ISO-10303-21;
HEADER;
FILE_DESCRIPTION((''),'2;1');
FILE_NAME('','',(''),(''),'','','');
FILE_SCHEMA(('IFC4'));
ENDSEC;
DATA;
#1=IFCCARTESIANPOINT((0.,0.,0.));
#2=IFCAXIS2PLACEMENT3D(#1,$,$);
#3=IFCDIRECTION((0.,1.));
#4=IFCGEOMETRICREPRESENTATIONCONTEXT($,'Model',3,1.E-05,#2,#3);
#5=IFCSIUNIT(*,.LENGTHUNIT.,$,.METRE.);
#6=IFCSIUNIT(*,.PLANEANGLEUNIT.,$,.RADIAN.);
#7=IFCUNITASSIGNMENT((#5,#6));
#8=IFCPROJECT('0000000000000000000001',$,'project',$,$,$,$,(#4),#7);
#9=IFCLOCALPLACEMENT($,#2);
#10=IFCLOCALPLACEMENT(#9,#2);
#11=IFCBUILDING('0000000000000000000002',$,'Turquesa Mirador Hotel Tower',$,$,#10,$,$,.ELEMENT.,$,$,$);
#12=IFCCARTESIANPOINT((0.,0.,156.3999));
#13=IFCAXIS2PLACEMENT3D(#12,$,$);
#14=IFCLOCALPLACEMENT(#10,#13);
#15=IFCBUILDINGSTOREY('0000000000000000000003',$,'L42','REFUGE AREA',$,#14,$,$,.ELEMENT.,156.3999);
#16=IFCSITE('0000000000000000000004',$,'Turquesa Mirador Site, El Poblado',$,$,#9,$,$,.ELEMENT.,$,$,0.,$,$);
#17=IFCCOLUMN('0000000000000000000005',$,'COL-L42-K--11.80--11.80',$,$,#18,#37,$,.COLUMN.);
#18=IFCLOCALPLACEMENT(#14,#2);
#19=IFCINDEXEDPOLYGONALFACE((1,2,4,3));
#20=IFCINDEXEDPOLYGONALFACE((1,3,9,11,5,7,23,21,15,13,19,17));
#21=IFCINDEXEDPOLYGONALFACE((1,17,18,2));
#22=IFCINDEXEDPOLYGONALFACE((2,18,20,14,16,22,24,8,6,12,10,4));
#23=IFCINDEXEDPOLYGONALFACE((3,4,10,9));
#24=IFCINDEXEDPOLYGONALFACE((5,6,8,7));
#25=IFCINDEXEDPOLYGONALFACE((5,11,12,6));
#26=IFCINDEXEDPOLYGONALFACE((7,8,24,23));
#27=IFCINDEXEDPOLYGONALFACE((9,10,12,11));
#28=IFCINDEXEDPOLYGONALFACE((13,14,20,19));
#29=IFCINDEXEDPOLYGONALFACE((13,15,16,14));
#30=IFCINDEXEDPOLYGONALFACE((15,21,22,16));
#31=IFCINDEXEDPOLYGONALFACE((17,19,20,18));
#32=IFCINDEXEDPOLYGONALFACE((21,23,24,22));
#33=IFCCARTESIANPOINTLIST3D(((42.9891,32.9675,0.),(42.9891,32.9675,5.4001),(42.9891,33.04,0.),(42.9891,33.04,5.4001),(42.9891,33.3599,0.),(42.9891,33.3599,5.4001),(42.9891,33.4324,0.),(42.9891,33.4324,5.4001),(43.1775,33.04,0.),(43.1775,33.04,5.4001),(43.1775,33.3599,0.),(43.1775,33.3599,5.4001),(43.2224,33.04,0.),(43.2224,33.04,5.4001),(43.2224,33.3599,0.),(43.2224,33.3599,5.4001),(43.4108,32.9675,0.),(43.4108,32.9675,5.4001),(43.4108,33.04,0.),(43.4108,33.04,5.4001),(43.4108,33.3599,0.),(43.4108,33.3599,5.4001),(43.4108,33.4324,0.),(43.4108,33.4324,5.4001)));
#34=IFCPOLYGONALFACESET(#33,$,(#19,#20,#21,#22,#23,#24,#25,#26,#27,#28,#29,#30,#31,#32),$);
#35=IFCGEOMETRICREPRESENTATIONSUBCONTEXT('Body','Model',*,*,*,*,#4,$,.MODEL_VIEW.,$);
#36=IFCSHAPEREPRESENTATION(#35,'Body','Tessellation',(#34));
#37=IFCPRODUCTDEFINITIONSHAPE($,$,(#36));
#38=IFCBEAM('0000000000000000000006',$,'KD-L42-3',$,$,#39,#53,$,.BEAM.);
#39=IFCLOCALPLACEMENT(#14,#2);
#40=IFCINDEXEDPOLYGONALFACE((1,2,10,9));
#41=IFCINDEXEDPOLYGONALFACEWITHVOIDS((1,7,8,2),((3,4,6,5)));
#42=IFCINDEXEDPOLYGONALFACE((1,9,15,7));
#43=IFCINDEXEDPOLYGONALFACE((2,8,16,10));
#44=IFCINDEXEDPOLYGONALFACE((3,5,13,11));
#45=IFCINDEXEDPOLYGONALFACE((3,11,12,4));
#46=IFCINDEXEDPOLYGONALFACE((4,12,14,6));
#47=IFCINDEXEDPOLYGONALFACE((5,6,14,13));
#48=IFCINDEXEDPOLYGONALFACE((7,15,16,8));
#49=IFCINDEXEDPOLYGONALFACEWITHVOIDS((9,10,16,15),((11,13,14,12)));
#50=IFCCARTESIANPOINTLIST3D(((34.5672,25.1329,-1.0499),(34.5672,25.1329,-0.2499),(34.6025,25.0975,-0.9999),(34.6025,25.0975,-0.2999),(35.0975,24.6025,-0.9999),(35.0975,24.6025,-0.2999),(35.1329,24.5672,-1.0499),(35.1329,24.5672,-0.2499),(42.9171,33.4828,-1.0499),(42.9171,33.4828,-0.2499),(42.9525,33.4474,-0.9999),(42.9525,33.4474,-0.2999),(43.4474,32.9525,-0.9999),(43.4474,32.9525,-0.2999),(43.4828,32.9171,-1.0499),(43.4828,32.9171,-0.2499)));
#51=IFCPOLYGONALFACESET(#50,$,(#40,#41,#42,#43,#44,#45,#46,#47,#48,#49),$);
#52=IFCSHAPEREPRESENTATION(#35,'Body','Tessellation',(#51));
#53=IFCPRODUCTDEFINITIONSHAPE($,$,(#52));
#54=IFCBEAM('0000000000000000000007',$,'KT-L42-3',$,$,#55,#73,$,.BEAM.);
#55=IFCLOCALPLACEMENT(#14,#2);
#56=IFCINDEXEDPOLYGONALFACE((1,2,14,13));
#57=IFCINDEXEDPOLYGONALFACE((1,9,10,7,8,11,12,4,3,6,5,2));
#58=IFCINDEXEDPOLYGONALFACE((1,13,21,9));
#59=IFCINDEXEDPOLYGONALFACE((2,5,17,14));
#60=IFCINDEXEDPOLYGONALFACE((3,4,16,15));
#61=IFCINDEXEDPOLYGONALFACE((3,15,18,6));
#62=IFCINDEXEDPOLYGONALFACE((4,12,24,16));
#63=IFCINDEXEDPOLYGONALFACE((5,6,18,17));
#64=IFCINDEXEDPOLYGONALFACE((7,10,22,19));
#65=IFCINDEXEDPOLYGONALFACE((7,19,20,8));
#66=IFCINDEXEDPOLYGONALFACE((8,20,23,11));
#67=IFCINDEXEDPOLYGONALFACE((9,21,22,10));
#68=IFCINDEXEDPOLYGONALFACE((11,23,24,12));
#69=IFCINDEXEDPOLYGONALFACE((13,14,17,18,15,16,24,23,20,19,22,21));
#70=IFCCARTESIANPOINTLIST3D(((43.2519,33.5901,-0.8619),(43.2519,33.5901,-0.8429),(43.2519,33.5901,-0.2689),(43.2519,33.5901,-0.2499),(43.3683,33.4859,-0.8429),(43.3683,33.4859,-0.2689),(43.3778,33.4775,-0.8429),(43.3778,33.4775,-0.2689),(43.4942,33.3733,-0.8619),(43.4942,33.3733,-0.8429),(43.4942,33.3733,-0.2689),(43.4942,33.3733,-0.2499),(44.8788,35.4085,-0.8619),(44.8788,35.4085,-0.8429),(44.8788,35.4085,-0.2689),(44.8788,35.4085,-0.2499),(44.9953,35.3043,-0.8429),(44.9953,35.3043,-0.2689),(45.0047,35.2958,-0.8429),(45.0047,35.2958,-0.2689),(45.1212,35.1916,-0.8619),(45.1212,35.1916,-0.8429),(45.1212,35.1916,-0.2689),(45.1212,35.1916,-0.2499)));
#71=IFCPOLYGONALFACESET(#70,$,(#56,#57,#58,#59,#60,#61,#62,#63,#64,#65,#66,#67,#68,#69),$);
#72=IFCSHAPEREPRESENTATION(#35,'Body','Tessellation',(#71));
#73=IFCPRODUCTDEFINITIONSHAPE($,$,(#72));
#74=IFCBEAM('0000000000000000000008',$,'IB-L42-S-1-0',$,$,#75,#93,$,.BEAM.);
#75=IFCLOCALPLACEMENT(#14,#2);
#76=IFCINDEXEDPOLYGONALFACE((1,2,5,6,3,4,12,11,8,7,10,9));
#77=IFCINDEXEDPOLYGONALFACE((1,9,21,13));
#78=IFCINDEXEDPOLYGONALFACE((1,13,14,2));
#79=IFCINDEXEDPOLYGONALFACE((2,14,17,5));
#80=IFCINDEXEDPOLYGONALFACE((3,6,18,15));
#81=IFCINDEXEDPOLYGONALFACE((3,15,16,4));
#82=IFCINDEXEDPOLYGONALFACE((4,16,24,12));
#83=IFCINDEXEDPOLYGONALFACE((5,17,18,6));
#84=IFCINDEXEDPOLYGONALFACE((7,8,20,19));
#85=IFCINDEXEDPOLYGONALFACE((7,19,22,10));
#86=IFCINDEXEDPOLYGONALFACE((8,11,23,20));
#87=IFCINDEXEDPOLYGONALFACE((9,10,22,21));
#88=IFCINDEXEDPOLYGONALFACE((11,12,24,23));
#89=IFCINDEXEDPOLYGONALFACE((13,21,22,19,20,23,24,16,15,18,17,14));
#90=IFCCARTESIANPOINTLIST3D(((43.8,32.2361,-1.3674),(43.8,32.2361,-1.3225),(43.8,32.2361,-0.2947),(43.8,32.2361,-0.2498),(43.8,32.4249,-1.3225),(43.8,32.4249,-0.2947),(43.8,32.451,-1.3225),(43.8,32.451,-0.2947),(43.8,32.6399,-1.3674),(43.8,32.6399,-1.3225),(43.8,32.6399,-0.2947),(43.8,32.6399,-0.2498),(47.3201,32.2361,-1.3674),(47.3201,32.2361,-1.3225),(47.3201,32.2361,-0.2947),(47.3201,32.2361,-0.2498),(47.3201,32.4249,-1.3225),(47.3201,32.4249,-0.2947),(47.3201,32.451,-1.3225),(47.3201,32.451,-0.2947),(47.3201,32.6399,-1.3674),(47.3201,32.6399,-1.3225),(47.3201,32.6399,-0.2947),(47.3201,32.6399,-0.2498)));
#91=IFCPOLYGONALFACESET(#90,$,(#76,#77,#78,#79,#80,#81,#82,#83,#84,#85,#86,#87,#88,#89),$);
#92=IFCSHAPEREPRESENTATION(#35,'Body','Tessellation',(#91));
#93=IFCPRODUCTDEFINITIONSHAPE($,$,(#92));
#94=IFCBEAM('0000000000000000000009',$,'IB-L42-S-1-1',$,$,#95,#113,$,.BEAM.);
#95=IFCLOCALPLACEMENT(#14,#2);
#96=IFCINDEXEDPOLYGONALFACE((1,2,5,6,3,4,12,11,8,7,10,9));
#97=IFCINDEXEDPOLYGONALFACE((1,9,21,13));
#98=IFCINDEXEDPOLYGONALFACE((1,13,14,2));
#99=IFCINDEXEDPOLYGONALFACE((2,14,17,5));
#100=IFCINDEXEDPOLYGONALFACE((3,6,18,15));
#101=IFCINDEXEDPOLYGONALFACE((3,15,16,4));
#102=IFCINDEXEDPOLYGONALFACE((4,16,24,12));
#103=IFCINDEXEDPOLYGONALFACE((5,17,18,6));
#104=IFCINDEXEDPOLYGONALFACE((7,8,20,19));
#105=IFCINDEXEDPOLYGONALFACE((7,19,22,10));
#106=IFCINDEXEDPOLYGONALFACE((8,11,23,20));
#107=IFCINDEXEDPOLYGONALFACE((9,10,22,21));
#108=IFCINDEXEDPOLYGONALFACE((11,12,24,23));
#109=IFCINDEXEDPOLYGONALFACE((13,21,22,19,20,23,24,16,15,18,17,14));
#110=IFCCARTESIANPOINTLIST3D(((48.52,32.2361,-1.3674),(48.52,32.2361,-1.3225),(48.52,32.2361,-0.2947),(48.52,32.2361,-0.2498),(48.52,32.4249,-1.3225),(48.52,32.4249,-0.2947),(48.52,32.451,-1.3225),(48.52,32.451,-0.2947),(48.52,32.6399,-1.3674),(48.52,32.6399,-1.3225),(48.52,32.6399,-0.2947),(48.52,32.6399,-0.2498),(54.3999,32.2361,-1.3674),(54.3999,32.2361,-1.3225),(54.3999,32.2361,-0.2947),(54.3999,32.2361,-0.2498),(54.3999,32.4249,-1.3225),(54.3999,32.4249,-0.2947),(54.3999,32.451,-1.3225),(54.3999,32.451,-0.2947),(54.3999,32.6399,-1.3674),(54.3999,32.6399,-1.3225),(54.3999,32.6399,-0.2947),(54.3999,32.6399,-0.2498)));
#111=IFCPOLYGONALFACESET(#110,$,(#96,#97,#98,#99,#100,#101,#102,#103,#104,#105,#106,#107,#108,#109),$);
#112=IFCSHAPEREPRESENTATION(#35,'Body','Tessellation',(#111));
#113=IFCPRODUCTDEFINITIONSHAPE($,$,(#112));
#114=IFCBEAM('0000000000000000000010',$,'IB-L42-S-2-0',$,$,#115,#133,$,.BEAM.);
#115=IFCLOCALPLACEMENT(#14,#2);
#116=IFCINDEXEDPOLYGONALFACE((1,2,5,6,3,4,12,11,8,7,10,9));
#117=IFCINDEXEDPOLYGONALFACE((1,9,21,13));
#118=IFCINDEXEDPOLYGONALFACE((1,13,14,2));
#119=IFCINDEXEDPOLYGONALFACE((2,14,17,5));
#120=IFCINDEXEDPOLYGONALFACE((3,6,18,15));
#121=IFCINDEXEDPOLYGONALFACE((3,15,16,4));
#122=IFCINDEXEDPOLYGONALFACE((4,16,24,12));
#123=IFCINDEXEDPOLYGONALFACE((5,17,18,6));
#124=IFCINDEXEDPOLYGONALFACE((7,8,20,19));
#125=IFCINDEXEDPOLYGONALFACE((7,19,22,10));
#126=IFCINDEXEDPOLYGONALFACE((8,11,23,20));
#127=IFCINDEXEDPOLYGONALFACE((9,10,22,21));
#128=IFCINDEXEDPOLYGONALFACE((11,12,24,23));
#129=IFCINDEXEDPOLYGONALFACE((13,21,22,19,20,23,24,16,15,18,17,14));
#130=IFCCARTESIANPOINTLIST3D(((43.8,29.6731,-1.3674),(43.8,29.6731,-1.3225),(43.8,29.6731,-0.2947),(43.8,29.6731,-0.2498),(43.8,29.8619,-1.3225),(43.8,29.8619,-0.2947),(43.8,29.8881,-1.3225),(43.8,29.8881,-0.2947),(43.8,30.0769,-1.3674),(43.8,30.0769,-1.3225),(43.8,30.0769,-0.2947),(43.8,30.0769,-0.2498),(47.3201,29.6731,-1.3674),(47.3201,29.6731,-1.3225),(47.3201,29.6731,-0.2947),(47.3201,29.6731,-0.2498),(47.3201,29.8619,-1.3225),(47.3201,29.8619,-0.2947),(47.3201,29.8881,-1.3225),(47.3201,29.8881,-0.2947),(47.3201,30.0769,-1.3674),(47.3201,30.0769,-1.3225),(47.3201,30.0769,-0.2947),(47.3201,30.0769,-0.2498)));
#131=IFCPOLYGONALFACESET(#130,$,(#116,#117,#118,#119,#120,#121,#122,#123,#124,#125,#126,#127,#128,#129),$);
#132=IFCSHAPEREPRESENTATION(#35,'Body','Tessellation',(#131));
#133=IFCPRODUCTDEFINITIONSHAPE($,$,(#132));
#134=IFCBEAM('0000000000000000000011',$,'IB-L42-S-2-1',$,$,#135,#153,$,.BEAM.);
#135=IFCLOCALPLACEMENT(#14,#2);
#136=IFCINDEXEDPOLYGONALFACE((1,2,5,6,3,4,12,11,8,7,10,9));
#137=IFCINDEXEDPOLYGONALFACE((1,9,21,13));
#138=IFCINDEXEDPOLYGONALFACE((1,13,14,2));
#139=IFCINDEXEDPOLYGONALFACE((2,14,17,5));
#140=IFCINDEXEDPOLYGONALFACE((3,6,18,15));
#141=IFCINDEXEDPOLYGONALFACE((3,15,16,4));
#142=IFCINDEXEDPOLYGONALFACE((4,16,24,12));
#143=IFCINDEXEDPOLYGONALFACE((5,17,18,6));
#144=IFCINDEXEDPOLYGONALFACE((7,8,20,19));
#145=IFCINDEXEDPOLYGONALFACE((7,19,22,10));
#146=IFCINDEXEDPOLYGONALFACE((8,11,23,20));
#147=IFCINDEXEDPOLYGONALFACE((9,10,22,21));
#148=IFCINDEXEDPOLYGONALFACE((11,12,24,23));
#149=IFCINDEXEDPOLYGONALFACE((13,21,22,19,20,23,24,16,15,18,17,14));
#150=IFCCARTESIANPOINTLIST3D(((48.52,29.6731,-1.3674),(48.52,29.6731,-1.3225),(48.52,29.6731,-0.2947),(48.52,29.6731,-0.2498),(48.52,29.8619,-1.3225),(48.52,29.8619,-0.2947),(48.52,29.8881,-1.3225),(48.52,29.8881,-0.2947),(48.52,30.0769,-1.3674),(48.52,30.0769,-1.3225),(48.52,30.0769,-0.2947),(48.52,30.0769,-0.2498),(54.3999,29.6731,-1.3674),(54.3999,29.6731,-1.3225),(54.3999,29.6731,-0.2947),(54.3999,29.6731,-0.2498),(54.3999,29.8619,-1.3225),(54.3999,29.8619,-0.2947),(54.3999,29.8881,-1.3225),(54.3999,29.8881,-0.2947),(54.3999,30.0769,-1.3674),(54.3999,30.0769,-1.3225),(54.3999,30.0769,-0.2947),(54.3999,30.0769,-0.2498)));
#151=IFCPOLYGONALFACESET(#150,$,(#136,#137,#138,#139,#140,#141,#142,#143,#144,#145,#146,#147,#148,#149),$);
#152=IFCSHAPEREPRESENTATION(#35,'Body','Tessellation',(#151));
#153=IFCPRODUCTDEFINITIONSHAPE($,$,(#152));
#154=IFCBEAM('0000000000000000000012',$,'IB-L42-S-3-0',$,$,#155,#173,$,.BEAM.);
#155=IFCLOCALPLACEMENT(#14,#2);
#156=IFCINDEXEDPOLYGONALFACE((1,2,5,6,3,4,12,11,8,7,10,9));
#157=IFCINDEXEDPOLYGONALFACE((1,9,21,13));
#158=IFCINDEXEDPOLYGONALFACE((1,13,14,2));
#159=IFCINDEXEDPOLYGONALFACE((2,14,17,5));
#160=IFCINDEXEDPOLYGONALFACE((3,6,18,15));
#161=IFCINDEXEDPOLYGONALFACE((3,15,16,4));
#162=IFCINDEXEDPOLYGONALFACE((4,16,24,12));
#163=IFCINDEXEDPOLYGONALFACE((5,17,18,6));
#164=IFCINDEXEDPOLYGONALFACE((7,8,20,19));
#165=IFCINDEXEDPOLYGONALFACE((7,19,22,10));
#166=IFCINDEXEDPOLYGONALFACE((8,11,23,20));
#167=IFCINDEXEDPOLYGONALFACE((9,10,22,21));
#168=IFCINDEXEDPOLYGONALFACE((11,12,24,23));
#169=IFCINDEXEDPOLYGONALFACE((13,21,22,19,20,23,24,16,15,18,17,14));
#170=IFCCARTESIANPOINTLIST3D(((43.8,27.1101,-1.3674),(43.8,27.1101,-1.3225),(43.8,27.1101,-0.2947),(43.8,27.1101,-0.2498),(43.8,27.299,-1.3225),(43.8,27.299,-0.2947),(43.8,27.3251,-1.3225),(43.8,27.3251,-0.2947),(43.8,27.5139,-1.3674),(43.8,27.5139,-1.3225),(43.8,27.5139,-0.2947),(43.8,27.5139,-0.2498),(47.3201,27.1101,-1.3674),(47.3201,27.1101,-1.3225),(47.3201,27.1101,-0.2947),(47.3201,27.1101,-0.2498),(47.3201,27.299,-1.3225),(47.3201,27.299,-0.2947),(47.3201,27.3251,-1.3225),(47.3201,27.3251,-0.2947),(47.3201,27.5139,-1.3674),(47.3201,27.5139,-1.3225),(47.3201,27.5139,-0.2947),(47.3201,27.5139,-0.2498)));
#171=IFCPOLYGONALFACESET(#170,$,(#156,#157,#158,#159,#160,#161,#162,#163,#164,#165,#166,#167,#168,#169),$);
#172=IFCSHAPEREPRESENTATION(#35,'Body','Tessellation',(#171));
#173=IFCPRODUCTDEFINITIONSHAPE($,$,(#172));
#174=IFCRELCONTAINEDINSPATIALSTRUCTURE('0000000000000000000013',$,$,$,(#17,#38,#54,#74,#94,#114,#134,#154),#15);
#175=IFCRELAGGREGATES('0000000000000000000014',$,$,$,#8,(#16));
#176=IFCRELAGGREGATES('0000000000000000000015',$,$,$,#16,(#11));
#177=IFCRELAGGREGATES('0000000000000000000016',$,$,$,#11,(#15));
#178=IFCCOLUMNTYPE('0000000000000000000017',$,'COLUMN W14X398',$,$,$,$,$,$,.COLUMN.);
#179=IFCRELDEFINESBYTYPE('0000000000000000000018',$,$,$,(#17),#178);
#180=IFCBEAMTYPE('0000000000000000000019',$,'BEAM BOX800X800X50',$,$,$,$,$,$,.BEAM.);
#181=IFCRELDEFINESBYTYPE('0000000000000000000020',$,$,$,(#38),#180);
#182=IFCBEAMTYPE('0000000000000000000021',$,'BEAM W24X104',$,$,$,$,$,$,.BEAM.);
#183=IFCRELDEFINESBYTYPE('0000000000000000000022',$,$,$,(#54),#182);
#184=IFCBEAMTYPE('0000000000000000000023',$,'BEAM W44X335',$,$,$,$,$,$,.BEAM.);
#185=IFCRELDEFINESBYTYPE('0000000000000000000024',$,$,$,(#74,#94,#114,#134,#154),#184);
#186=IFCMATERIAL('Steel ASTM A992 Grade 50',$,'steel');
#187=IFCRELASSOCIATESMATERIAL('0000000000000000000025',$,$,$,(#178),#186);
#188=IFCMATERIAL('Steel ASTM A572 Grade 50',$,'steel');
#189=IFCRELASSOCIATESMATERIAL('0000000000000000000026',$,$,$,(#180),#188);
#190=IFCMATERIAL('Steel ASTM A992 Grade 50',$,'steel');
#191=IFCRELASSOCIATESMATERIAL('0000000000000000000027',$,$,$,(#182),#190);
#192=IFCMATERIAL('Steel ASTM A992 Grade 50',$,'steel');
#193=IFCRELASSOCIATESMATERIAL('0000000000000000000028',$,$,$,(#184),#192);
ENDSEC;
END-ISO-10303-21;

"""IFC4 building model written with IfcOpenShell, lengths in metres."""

from ifc_helpers import new_model, si_unit, direction, frame, origin, origin_2d, place, context, subcontext, project, spatial, hollow_rectangle, i_section, extrude, material, material_profile, profile_set, type_object, element, save


model = new_model("IFC4")

# Units and contexts
model_context = context("Model", 3, precision=1e-05, world=origin(), true_north=direction((0.0, 1.0)))
body_context = subcontext(model_context, "Body", "Model", "MODEL_VIEW")
ifc_project = project(units=[si_unit("LENGTHUNIT", "METRE"), si_unit("PLANEANGLEUNIT", "RADIAN")], contexts=[model_context])

# Site, building, storey
site_placement = place(None, origin())
site = spatial("IfcSite", under=ifc_project, at=site_placement, Name="Turquesa Mirador Site, El Poblado", CompositionType="ELEMENT", RefElevation=0.0)
building_placement = place(site_placement, origin())
building = spatial("IfcBuilding", under=site, at=building_placement, Name="Turquesa Mirador Hotel Tower", CompositionType="ELEMENT")
storey_placement = place(building_placement, frame((0.0, 0.0, 156.3999)))
storey = spatial("IfcBuildingStorey", under=building, at=storey_placement, Name="L42", Description="REFUGE AREA", CompositionType="ELEMENT", Elevation=156.3999)

# Column
ifc_material_1 = material(Name="Steel ASTM A992 Grade 50", Category="steel")
ifc_material_profile_1 = material_profile(ifc_material_1, i_section(OverallWidth=0.4216, OverallDepth=0.4648, WebThickness=0.0449, FlangeThickness=0.0725, at=origin_2d()), Name="W14X398")
ifc_profile_set_1 = profile_set([ifc_material_profile_1], Name="Steel ASTM A992 Grade 50")
column_type = type_object("IfcColumnType", Name="COLUMN W14X398", PredefinedType="COLUMN", material=ifc_profile_set_1)
column_placement = place(storey_placement, frame((43.2, 33.2, 0.0), z_axis=(0.0, 0.0, 1.0), x_axis=(1.0, 0.0, 0.0)))
element("IfcColumn", 1, at=column_placement, inside=storey, type_object=column_type, Name="COL-L42-K--11.80--11.80", PredefinedType="COLUMN", context=body_context, shape_type="SweptSolid", body=[
    extrude(i_section(OverallWidth=0.4216, OverallDepth=0.4648, WebThickness=0.0449, FlangeThickness=0.0725, at=origin_2d()), origin(), (0.0, 0.0, 1.0), 5.4001),
])

# Beams
ifc_material_2 = material(Name="Steel ASTM A572 Grade 50", Category="steel")
ifc_material_profile_2 = material_profile(ifc_material_2, hollow_rectangle(XDim=0.8, YDim=0.8, WallThickness=0.05, at=origin_2d()), Name="BOX800X800X50")
ifc_profile_set_2 = profile_set([ifc_material_profile_2], Name="Steel ASTM A572 Grade 50")
beam_type_1 = type_object("IfcBeamType", Name="BEAM BOX800X800X50", PredefinedType="BEAM", material=ifc_profile_set_2)
beam_1_placement = place(storey_placement, frame((43.2, 33.2, -0.6499), z_axis=(-0.707107, -0.707107, 0.0), x_axis=(0.707107, -0.707107, 0.0)))
element("IfcBeam", 2, at=beam_1_placement, inside=storey, type_object=beam_type_1, Name="KD-L42-3", PredefinedType="BEAM", context=body_context, shape_type="SweptSolid", body=[
    extrude(hollow_rectangle(XDim=0.8, YDim=0.8, WallThickness=0.05, at=origin_2d()), origin(), (0.0, 0.0, 1.0), 11.8086),
])
ifc_material_3 = material(Name="Steel ASTM A992 Grade 50", Category="steel")
ifc_material_profile_3 = material_profile(ifc_material_3, i_section(OverallWidth=0.3252, OverallDepth=0.6121, WebThickness=0.0127, FlangeThickness=0.019, at=origin_2d()), Name="W24X104")
ifc_profile_set_3 = profile_set([ifc_material_profile_3], Name="Steel ASTM A992 Grade 50")
beam_type_2 = type_object("IfcBeamType", Name="BEAM W24X104", PredefinedType="BEAM", material=ifc_profile_set_3)
beam_2_placement = place(storey_placement, frame((43.373, 33.4817, -0.5559), z_axis=(0.666795, 0.745241, 0.0), x_axis=(-0.745241, 0.666795, 0.0)))
element("IfcBeam", 3, at=beam_2_placement, inside=storey, type_object=beam_type_2, Name="KT-L42-3", PredefinedType="BEAM", context=body_context, shape_type="SweptSolid", body=[
    extrude(i_section(OverallWidth=0.3252, OverallDepth=0.6121, WebThickness=0.0127, FlangeThickness=0.019, at=origin_2d()), origin(), (0.0, 0.0, 1.0), 2.4399),
])
ifc_material_4 = material(Name="Steel ASTM A992 Grade 50", Category="steel")
ifc_material_profile_4 = material_profile(ifc_material_4, i_section(OverallWidth=0.4038, OverallDepth=1.1177, WebThickness=0.0261, FlangeThickness=0.0449, at=origin_2d()), Name="W44X335")
ifc_profile_set_4 = profile_set([ifc_material_profile_4], Name="Steel ASTM A992 Grade 50")
beam_type_3 = type_object("IfcBeamType", Name="BEAM W44X335", PredefinedType="BEAM", material=ifc_profile_set_4)
beam_3_placement = place(storey_placement, frame((43.8, 32.438, -0.8086), z_axis=(1.0, 0.0, 0.0), x_axis=(0.0, 1.0, 0.0)))
element("IfcBeam", 4, at=beam_3_placement, inside=storey, type_object=beam_type_3, Name="IB-L42-S-1-0", PredefinedType="BEAM", context=body_context, shape_type="SweptSolid", body=[
    extrude(i_section(OverallWidth=0.4038, OverallDepth=1.1177, WebThickness=0.0261, FlangeThickness=0.0449, at=origin_2d()), origin(), (0.0, 0.0, 1.0), 3.52),
])
beam_4_placement = place(storey_placement, frame((48.52, 32.438, -0.8086), z_axis=(1.0, 0.0, 0.0), x_axis=(0.0, 1.0, 0.0)))
element("IfcBeam", 5, at=beam_4_placement, inside=storey, type_object=beam_type_3, Name="IB-L42-S-1-1", PredefinedType="BEAM", context=body_context, shape_type="SweptSolid", body=[
    extrude(i_section(OverallWidth=0.4038, OverallDepth=1.1177, WebThickness=0.0261, FlangeThickness=0.0449, at=origin_2d()), origin(), (0.0, 0.0, 1.0), 5.8799),
])
beam_5_placement = place(storey_placement, frame((43.8, 29.875, -0.8086), z_axis=(1.0, 0.0, 0.0), x_axis=(0.0, 1.0, 0.0)))
element("IfcBeam", 6, at=beam_5_placement, inside=storey, type_object=beam_type_3, Name="IB-L42-S-2-0", PredefinedType="BEAM", context=body_context, shape_type="SweptSolid", body=[
    extrude(i_section(OverallWidth=0.4038, OverallDepth=1.1177, WebThickness=0.0261, FlangeThickness=0.0449, at=origin_2d()), origin(), (0.0, 0.0, 1.0), 3.52),
])
beam_6_placement = place(storey_placement, frame((48.52, 29.875, -0.8086), z_axis=(1.0, 0.0, 0.0), x_axis=(0.0, 1.0, 0.0)))
element("IfcBeam", 7, at=beam_6_placement, inside=storey, type_object=beam_type_3, Name="IB-L42-S-2-1", PredefinedType="BEAM", context=body_context, shape_type="SweptSolid", body=[
    extrude(i_section(OverallWidth=0.4038, OverallDepth=1.1177, WebThickness=0.0261, FlangeThickness=0.0449, at=origin_2d()), origin(), (0.0, 0.0, 1.0), 5.8799),
])
beam_7_placement = place(storey_placement, frame((43.8, 27.312, -0.8086), z_axis=(1.0, 0.0, 0.0), x_axis=(0.0, 1.0, 0.0)))
element("IfcBeam", 8, at=beam_7_placement, inside=storey, type_object=beam_type_3, Name="IB-L42-S-3-0", PredefinedType="BEAM", context=body_context, shape_type="SweptSolid", body=[
    extrude(i_section(OverallWidth=0.4038, OverallDepth=1.1177, WebThickness=0.0261, FlangeThickness=0.0449, at=origin_2d()), origin(), (0.0, 0.0, 1.0), 3.52),
])

save(model, "model.ifc")
